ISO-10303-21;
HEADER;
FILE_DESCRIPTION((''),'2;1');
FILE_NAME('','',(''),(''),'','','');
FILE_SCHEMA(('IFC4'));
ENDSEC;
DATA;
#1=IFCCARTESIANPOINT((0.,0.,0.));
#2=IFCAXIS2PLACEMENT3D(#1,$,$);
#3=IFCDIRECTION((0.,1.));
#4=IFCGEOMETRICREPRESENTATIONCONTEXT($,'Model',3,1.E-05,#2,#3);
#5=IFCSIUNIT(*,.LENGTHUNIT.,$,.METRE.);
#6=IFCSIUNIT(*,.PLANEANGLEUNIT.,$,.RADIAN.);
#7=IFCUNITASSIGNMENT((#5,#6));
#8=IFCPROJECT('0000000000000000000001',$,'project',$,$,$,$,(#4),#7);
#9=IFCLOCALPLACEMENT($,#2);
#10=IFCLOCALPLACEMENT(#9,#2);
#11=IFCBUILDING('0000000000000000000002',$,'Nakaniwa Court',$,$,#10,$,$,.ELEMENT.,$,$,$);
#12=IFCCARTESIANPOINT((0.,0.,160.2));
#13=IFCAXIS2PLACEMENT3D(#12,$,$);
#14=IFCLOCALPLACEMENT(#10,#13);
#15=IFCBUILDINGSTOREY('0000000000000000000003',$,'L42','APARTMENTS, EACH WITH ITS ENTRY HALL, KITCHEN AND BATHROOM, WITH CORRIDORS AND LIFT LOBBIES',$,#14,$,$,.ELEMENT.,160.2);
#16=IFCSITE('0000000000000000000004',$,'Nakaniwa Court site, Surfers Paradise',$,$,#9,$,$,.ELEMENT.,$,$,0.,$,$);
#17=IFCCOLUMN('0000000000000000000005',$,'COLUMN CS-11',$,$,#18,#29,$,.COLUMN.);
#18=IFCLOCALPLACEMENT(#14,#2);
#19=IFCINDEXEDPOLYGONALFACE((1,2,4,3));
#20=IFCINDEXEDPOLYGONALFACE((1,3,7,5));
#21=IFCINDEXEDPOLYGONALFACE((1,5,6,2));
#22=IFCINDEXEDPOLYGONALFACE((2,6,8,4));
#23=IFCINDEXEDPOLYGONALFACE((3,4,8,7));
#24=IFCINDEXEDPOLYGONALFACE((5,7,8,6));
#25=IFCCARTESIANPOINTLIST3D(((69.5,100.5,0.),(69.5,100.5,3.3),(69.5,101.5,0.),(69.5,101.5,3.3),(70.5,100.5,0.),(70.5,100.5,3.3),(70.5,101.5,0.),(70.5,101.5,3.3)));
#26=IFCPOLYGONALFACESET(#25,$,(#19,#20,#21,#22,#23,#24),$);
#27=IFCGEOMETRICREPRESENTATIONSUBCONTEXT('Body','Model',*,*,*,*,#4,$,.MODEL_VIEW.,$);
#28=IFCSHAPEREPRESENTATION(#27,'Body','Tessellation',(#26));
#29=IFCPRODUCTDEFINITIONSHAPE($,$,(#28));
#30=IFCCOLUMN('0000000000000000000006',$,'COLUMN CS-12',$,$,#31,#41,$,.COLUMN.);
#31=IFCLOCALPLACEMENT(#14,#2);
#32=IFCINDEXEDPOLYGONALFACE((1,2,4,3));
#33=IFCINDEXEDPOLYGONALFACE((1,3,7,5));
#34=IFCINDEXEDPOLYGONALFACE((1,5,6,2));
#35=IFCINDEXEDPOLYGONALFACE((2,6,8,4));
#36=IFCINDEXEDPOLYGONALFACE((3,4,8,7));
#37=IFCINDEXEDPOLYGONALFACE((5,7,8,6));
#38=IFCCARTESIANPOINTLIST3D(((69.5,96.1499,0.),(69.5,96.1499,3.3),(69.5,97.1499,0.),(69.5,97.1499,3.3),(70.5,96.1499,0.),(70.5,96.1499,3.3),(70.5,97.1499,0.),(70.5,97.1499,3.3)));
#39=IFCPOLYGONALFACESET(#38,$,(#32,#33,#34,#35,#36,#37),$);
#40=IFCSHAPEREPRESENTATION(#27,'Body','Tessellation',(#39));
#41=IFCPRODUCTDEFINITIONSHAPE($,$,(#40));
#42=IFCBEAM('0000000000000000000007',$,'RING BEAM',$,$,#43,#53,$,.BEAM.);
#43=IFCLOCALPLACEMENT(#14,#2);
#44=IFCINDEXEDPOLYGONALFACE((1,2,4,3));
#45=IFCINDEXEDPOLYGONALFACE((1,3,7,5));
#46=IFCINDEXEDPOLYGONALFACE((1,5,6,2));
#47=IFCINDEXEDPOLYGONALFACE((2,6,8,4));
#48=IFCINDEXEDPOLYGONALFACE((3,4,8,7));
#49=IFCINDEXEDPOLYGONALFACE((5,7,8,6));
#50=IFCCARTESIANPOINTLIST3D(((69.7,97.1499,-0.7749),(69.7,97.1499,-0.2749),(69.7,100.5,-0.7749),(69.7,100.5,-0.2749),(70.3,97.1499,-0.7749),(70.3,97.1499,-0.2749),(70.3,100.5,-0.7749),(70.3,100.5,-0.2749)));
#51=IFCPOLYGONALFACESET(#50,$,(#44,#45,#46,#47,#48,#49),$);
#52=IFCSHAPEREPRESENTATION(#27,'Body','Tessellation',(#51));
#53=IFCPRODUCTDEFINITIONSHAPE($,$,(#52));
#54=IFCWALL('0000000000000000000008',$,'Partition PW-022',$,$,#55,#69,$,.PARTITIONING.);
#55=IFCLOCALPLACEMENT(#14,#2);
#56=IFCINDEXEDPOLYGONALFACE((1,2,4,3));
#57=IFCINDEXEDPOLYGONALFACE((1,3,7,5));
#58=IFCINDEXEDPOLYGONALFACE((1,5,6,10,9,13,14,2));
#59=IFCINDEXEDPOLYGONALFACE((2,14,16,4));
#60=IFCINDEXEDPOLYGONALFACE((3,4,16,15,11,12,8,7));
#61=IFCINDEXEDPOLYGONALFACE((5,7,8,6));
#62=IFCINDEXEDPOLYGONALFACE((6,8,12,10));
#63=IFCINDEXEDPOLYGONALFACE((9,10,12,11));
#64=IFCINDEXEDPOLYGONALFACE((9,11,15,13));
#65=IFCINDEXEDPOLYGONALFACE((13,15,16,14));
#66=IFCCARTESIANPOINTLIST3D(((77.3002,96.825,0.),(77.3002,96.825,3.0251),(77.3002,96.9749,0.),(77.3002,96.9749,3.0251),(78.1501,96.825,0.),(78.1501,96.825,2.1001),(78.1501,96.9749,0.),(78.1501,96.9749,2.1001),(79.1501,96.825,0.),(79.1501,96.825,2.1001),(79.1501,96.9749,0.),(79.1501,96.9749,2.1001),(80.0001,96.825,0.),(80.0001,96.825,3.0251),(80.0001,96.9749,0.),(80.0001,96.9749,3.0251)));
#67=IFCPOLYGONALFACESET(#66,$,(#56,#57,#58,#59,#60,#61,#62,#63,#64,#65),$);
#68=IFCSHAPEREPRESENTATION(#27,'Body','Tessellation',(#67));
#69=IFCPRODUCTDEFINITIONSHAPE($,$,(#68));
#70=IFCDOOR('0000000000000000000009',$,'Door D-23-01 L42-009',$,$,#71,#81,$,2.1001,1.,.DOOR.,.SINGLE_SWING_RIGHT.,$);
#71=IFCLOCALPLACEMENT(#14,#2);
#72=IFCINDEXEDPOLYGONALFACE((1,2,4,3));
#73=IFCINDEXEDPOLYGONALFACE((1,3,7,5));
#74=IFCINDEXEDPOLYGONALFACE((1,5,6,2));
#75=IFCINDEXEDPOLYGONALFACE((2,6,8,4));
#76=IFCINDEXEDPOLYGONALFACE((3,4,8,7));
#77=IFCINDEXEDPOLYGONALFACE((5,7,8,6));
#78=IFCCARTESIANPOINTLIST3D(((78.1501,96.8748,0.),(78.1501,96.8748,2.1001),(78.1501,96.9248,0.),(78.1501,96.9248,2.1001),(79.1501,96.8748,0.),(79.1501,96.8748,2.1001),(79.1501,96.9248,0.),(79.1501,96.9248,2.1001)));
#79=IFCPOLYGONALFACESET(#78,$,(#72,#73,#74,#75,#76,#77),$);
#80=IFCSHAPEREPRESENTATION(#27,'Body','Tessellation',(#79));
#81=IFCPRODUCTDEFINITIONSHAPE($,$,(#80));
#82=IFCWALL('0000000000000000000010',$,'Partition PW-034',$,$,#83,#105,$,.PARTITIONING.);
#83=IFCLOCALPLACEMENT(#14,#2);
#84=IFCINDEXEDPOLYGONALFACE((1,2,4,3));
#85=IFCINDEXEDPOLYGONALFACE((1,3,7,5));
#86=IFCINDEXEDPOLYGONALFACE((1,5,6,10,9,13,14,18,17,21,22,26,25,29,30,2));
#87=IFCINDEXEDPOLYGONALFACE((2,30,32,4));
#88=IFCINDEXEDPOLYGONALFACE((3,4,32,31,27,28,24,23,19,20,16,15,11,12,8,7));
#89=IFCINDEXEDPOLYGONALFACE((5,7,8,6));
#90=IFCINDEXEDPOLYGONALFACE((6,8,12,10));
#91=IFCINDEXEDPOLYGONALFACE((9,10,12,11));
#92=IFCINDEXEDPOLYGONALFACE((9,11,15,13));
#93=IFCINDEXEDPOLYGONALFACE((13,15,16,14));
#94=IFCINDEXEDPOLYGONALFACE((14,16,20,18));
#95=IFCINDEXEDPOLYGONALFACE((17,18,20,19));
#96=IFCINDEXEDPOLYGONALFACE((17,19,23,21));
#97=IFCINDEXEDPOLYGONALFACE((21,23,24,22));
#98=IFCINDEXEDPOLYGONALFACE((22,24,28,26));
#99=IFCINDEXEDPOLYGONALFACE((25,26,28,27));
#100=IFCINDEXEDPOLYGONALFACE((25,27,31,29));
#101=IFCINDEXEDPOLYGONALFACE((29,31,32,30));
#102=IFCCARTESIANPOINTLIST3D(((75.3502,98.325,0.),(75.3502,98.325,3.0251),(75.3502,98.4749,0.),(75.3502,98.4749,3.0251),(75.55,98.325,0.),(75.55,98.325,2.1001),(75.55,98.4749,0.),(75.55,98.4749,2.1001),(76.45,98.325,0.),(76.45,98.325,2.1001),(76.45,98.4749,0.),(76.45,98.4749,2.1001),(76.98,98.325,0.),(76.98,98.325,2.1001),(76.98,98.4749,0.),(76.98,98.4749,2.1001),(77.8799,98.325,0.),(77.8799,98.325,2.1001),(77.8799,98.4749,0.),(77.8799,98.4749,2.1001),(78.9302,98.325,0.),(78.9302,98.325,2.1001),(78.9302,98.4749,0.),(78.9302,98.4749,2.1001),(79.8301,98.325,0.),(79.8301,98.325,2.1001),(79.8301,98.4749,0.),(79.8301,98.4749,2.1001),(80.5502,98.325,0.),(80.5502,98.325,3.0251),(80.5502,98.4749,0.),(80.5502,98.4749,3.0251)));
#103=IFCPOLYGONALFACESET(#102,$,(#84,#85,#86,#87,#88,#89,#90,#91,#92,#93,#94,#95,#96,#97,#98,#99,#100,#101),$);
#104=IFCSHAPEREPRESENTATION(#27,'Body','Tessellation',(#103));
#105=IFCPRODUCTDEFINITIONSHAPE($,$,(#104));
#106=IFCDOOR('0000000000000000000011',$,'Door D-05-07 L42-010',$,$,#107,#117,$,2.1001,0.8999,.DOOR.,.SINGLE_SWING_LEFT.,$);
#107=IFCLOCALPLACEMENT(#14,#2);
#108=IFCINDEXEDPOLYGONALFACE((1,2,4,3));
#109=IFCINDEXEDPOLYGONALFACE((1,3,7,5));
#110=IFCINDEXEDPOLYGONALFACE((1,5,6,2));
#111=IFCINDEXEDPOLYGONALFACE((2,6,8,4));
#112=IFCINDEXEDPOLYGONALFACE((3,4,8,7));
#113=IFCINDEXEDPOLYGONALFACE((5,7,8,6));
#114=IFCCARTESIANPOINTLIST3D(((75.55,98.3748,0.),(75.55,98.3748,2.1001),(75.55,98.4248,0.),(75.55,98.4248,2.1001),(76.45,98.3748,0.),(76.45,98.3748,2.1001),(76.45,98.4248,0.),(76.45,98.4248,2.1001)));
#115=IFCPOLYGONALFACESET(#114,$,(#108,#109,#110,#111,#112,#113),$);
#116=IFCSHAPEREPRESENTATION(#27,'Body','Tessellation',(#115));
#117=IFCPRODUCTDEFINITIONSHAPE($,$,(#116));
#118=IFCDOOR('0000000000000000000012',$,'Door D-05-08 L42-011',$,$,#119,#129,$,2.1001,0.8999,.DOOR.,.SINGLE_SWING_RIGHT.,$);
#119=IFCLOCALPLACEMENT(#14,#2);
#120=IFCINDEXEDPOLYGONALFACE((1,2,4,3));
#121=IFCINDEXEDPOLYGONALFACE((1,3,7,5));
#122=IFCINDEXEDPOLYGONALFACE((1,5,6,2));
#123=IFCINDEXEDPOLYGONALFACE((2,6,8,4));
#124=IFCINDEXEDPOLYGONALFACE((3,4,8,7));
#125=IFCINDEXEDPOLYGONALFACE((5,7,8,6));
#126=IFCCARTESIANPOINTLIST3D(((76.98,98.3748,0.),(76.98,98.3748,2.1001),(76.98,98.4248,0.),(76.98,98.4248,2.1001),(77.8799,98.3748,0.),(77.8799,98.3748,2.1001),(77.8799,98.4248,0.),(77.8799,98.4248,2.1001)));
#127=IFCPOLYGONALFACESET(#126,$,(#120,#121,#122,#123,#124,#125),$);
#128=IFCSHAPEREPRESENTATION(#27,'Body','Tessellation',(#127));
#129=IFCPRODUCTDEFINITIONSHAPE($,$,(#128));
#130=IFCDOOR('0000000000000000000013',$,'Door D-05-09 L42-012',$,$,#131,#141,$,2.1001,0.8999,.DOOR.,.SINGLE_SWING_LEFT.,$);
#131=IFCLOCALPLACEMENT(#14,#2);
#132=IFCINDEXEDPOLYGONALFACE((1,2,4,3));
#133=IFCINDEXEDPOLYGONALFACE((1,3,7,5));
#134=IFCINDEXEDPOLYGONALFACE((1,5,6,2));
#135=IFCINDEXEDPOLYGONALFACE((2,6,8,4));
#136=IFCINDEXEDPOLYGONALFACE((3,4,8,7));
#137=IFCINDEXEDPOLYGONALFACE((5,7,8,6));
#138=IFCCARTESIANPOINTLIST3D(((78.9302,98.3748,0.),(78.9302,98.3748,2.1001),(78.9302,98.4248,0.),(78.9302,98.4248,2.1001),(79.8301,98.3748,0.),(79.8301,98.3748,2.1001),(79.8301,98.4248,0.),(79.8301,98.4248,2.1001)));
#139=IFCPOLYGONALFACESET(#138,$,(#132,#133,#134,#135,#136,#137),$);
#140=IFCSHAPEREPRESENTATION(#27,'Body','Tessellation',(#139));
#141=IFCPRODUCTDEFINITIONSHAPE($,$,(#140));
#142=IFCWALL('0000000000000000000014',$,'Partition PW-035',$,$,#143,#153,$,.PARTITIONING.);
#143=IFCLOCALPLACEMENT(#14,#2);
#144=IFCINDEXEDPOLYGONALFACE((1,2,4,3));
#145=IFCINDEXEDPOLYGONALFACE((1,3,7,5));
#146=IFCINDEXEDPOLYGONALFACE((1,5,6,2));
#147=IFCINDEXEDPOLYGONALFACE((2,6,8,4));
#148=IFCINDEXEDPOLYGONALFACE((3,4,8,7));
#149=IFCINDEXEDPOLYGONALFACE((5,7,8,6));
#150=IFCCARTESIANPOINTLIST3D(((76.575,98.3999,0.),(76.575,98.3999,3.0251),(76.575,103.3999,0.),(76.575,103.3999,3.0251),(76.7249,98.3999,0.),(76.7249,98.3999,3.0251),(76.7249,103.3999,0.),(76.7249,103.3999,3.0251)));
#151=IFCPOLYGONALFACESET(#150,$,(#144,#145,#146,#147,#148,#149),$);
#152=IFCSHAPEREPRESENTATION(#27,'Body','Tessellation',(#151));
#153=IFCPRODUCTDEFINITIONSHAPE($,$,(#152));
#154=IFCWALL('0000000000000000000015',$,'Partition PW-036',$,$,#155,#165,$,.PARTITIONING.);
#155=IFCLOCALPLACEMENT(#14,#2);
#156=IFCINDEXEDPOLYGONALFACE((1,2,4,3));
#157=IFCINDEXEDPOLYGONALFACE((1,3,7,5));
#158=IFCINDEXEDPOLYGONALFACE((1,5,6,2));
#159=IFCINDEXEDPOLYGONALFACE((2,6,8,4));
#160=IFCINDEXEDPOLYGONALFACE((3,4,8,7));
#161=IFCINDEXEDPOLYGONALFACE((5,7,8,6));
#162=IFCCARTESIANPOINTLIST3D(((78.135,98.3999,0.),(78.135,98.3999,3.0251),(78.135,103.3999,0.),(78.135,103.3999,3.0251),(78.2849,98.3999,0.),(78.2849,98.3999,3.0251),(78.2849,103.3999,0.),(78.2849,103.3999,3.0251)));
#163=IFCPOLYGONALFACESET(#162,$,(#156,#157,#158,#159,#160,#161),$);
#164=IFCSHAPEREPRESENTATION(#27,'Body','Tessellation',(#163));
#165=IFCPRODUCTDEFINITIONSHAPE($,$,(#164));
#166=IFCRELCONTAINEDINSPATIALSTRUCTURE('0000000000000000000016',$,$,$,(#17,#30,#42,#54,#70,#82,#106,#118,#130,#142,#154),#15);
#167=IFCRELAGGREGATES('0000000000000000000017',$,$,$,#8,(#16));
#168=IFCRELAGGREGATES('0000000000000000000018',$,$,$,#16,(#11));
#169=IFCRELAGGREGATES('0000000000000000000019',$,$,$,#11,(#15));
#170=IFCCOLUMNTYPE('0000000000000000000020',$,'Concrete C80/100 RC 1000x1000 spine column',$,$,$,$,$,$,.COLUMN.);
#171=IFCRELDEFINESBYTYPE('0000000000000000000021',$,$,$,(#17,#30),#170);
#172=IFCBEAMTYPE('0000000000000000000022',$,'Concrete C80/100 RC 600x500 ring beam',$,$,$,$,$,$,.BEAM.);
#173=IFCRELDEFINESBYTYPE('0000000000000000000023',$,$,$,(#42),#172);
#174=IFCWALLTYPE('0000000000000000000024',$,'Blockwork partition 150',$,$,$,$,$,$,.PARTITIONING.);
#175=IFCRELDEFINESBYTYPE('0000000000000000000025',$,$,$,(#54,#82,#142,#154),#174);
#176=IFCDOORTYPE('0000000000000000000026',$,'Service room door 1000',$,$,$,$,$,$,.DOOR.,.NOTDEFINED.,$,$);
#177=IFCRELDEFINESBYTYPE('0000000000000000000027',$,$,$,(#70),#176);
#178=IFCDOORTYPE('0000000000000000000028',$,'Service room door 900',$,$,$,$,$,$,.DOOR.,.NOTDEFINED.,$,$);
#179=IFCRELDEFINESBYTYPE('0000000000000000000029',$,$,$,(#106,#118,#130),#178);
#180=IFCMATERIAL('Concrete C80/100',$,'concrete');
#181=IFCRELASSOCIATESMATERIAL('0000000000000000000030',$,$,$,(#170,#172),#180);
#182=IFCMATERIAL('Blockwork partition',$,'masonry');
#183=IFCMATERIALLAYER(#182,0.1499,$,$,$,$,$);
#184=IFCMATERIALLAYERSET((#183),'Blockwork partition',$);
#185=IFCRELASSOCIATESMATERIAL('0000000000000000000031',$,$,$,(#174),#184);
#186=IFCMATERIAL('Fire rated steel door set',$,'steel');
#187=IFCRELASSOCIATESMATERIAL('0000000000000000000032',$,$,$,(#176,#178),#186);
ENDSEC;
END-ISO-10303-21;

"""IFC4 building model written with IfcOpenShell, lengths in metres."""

from ifc_helpers import new_model, si_unit, direction, frame, frame_2d, origin, origin_2d, place, context, subcontext, project, spatial, rectangle, extrude, material, layer, layer_set, material_profile, profile_set, type_object, element, fill, save


model = new_model("IFC4")

# Units and contexts
model_context = context("Model", 3, precision=1e-05, world=origin(), true_north=direction((0.0, 1.0)))
body_context = subcontext(model_context, "Body", "Model", "MODEL_VIEW")
ifc_project = project(units=[si_unit("LENGTHUNIT", "METRE"), si_unit("PLANEANGLEUNIT", "RADIAN")], contexts=[model_context])

# Site, building, storey
site_placement = place(None, origin())
site = spatial("IfcSite", under=ifc_project, at=site_placement, Name="Nakaniwa Court site, Surfers Paradise", CompositionType="ELEMENT", RefElevation=0.0)
building_placement = place(site_placement, origin())
building = spatial("IfcBuilding", under=site, at=building_placement, Name="Nakaniwa Court", CompositionType="ELEMENT")
storey_placement = place(building_placement, frame((0.0, 0.0, 160.2)))
storey = spatial("IfcBuildingStorey", under=building, at=storey_placement, Name="L42", Description="APARTMENTS, EACH WITH ITS ENTRY HALL, KITCHEN AND BATHROOM, WITH CORRIDORS AND LIFT LOBBIES", CompositionType="ELEMENT", Elevation=160.2)

# Columns
ifc_material_1 = material(Name="Concrete C80/100", Category="concrete")
ifc_material_profile_1 = material_profile(ifc_material_1, rectangle(XDim=1.0, YDim=1.0, at=origin_2d()), Name="Concrete C80/100 RC 1000x1000 spine column")
ifc_profile_set_1 = profile_set([ifc_material_profile_1], Name="Concrete C80/100")
column_type = type_object("IfcColumnType", Name="Concrete C80/100 RC 1000x1000 spine column", PredefinedType="COLUMN", material=ifc_profile_set_1)
for number, where, z_axis, x_axis, name in (
    (1, (70.0, 101.0, 0.0), (0.0, 0.0, 1.0), (0.0, -1.0, 0.0), "COLUMN CS-11"),
    (2, (70.0, 96.6499, 0.0), (0.0, 0.0, 1.0), (0.0, -1.0, 0.0), "COLUMN CS-12"),
):
    element("IfcColumn", number, at=place(storey_placement, frame(where, z_axis=z_axis, x_axis=x_axis)), inside=storey, type_object=column_type, Name=name, PredefinedType="COLUMN", context=body_context, shape_type="SweptSolid", body=[
        extrude(rectangle(XDim=1.0, YDim=1.0, at=origin_2d()), origin(), (0.0, 0.0, 1.0), 3.3),
    ])

# Beam
ifc_material_profile_2 = material_profile(ifc_material_1, rectangle(XDim=0.6001, YDim=0.5, at=origin_2d()), Name="Concrete C80/100 RC 600x500 ring beam")
ifc_profile_set_2 = profile_set([ifc_material_profile_2], Name="Concrete C80/100")
beam_type = type_object("IfcBeamType", Name="Concrete C80/100 RC 600x500 ring beam", PredefinedType="BEAM", material=ifc_profile_set_2)
beam_placement = place(storey_placement, frame((70.0, 100.5, -0.5249), z_axis=(0.0, -1.0, 0.0), x_axis=(1.0, 0.0, 0.0)))
element("IfcBeam", 3, at=beam_placement, inside=storey, type_object=beam_type, Name="RING BEAM", PredefinedType="BEAM", context=body_context, shape_type="SweptSolid", body=[
    extrude(rectangle(XDim=0.6001, YDim=0.5, at=origin_2d()), origin(), (0.0, 0.0, 1.0), 3.3501),
])

# Wall, opening, door
ifc_material_2 = material(Name="Blockwork partition", Category="masonry")
ifc_layer_1 = layer(ifc_material_2, 0.1499)
ifc_layer_set_1 = layer_set([ifc_layer_1], Name="Blockwork partition")
wall_type_1 = type_object("IfcWallType", Name="Blockwork partition 150", PredefinedType="PARTITIONING", material=ifc_layer_set_1)
wall_1_placement = place(storey_placement, frame((77.3, 96.8999, 0.0), z_axis=(0.0, 0.0, 1.0), x_axis=(1.0, 0.0, 0.0)))
wall_1 = element("IfcWall", 4, at=wall_1_placement, inside=storey, type_object=wall_type_1, Name="Partition PW-022", PredefinedType="PARTITIONING", context=body_context, shape_type="SweptSolid", body=[
    extrude(rectangle(XDim=2.7, YDim=0.1499, at=frame_2d((1.3501, 0.0))), origin(), (0.0, 0.0, 1.0), 3.0251),
])
opening_1_placement = place(wall_1_placement, frame((0.8501, 0.0, 0.0)))
opening_1 = element("IfcOpeningElement", 5, at=opening_1_placement, cuts=wall_1, PredefinedType="OPENING", context=body_context, shape_type="SweptSolid", body=[
    extrude(rectangle(XDim=1.0, YDim=2.1001, at=frame_2d((0.5, 1.05))), frame((0.0, 0.085, 0.0), z_axis=(0.0, -1.0, 0.0), x_axis=(1.0, 0.0, 0.0)), (0.0, 0.0, 1.0), 0.1699),
])
ifc_material_3 = material(Name="Fire rated steel door set", Category="steel")
door_type_1 = type_object("IfcDoorType", Name="Service room door 1000", OperationType="NOTDEFINED", PredefinedType="DOOR", material=ifc_material_3)
door_1_placement = place(opening_1_placement, origin())
door_1 = element("IfcDoor", 6, at=door_1_placement, inside=storey, type_object=door_type_1, Name="Door D-23-01 L42-009", OperationType="SINGLE_SWING_RIGHT", OverallHeight=2.1001, OverallWidth=1.0, PredefinedType="DOOR", context=body_context, shape_type="SweptSolid", body=[
    extrude(rectangle(XDim=1.0, YDim=2.1001, at=frame_2d((0.5, 1.05))), frame((0.0, 0.0249, 0.0), z_axis=(0.0, -1.0, 0.0), x_axis=(1.0, 0.0, 0.0)), (0.0, 0.0, 1.0), 0.05),
])
fill(opening_1, door_1)

# Wall, openings, doors
wall_2_placement = place(storey_placement, frame((75.3501, 98.3999, 0.0), z_axis=(0.0, 0.0, 1.0), x_axis=(1.0, 0.0, 0.0)))
wall_2 = element("IfcWall", 7, at=wall_2_placement, inside=storey, type_object=wall_type_1, Name="Partition PW-034", PredefinedType="PARTITIONING", context=body_context, shape_type="SweptSolid", body=[
    extrude(rectangle(XDim=5.2, YDim=0.1499, at=frame_2d((2.6001, 0.0))), origin(), (0.0, 0.0, 1.0), 3.0251),
])
opening_2_placement = place(wall_2_placement, frame((0.2, 0.0, 0.0)))
opening_2 = element("IfcOpeningElement", 8, at=opening_2_placement, cuts=wall_2, PredefinedType="OPENING", context=body_context, shape_type="SweptSolid", body=[
    extrude(rectangle(XDim=0.8999, YDim=2.1001, at=frame_2d((0.45, 1.05))), frame((0.0, 0.085, 0.0), z_axis=(0.0, -1.0, 0.0), x_axis=(1.0, 0.0, 0.0)), (0.0, 0.0, 1.0), 0.1699),
])
opening_3_placement = place(wall_2_placement, frame((1.6299, 0.0, 0.0)))
opening_3 = element("IfcOpeningElement", 9, at=opening_3_placement, cuts=wall_2, PredefinedType="OPENING", context=body_context, shape_type="SweptSolid", body=[
    extrude(rectangle(XDim=0.8999, YDim=2.1001, at=frame_2d((0.45, 1.05))), frame((0.0, 0.085, 0.0), z_axis=(0.0, -1.0, 0.0), x_axis=(1.0, 0.0, 0.0)), (0.0, 0.0, 1.0), 0.1699),
])
opening_4_placement = place(wall_2_placement, frame((3.5801, 0.0, 0.0)))
opening_4 = element("IfcOpeningElement", 10, at=opening_4_placement, cuts=wall_2, PredefinedType="OPENING", context=body_context, shape_type="SweptSolid", body=[
    extrude(rectangle(XDim=0.8999, YDim=2.1001, at=frame_2d((0.45, 1.05))), frame((0.0, 0.085, 0.0), z_axis=(0.0, -1.0, 0.0), x_axis=(1.0, 0.0, 0.0)), (0.0, 0.0, 1.0), 0.1699),
])
door_type_2 = type_object("IfcDoorType", Name="Service room door 900", OperationType="NOTDEFINED", PredefinedType="DOOR", material=ifc_material_3)
door_2_placement = place(opening_2_placement, origin())
door_2 = element("IfcDoor", 11, at=door_2_placement, inside=storey, type_object=door_type_2, Name="Door D-05-07 L42-010", OperationType="SINGLE_SWING_LEFT", OverallHeight=2.1001, OverallWidth=0.8999, PredefinedType="DOOR", context=body_context, shape_type="SweptSolid", body=[
    extrude(rectangle(XDim=0.8999, YDim=2.1001, at=frame_2d((0.45, 1.05))), frame((0.0, 0.0249, 0.0), z_axis=(0.0, -1.0, 0.0), x_axis=(1.0, 0.0, 0.0)), (0.0, 0.0, 1.0), 0.05),
])
fill(opening_2, door_2)
door_3_placement = place(opening_3_placement, origin())
door_3 = element("IfcDoor", 12, at=door_3_placement, inside=storey, type_object=door_type_2, Name="Door D-05-08 L42-011", OperationType="SINGLE_SWING_RIGHT", OverallHeight=2.1001, OverallWidth=0.8999, PredefinedType="DOOR", context=body_context, shape_type="SweptSolid", body=[
    extrude(rectangle(XDim=0.8999, YDim=2.1001, at=frame_2d((0.45, 1.05))), frame((0.0, 0.0249, 0.0), z_axis=(0.0, -1.0, 0.0), x_axis=(1.0, 0.0, 0.0)), (0.0, 0.0, 1.0), 0.05),
])
fill(opening_3, door_3)
door_4_placement = place(opening_4_placement, origin())
door_4 = element("IfcDoor", 13, at=door_4_placement, inside=storey, type_object=door_type_2, Name="Door D-05-09 L42-012", OperationType="SINGLE_SWING_LEFT", OverallHeight=2.1001, OverallWidth=0.8999, PredefinedType="DOOR", context=body_context, shape_type="SweptSolid", body=[
    extrude(rectangle(XDim=0.8999, YDim=2.1001, at=frame_2d((0.45, 1.05))), frame((0.0, 0.0249, 0.0), z_axis=(0.0, -1.0, 0.0), x_axis=(1.0, 0.0, 0.0)), (0.0, 0.0, 1.0), 0.05),
])
fill(opening_4, door_4)

# Walls
for number, where, z_axis, x_axis, name in (
    (14, (76.6499, 98.3999, 0.0), (0.0, 0.0, 1.0), (0.0, 1.0, 0.0), "Partition PW-035"),
    (15, (78.21, 98.3999, 0.0), (0.0, 0.0, 1.0), (0.0, 1.0, 0.0), "Partition PW-036"),
):
    element("IfcWall", number, at=place(storey_placement, frame(where, z_axis=z_axis, x_axis=x_axis)), inside=storey, type_object=wall_type_1, Name=name, PredefinedType="PARTITIONING", context=body_context, shape_type="SweptSolid", body=[
        extrude(rectangle(XDim=5.0, YDim=0.1499, at=frame_2d((2.5, 0.0))), origin(), (0.0, 0.0, 1.0), 3.0251),
    ])

save(model, "model.ifc")
